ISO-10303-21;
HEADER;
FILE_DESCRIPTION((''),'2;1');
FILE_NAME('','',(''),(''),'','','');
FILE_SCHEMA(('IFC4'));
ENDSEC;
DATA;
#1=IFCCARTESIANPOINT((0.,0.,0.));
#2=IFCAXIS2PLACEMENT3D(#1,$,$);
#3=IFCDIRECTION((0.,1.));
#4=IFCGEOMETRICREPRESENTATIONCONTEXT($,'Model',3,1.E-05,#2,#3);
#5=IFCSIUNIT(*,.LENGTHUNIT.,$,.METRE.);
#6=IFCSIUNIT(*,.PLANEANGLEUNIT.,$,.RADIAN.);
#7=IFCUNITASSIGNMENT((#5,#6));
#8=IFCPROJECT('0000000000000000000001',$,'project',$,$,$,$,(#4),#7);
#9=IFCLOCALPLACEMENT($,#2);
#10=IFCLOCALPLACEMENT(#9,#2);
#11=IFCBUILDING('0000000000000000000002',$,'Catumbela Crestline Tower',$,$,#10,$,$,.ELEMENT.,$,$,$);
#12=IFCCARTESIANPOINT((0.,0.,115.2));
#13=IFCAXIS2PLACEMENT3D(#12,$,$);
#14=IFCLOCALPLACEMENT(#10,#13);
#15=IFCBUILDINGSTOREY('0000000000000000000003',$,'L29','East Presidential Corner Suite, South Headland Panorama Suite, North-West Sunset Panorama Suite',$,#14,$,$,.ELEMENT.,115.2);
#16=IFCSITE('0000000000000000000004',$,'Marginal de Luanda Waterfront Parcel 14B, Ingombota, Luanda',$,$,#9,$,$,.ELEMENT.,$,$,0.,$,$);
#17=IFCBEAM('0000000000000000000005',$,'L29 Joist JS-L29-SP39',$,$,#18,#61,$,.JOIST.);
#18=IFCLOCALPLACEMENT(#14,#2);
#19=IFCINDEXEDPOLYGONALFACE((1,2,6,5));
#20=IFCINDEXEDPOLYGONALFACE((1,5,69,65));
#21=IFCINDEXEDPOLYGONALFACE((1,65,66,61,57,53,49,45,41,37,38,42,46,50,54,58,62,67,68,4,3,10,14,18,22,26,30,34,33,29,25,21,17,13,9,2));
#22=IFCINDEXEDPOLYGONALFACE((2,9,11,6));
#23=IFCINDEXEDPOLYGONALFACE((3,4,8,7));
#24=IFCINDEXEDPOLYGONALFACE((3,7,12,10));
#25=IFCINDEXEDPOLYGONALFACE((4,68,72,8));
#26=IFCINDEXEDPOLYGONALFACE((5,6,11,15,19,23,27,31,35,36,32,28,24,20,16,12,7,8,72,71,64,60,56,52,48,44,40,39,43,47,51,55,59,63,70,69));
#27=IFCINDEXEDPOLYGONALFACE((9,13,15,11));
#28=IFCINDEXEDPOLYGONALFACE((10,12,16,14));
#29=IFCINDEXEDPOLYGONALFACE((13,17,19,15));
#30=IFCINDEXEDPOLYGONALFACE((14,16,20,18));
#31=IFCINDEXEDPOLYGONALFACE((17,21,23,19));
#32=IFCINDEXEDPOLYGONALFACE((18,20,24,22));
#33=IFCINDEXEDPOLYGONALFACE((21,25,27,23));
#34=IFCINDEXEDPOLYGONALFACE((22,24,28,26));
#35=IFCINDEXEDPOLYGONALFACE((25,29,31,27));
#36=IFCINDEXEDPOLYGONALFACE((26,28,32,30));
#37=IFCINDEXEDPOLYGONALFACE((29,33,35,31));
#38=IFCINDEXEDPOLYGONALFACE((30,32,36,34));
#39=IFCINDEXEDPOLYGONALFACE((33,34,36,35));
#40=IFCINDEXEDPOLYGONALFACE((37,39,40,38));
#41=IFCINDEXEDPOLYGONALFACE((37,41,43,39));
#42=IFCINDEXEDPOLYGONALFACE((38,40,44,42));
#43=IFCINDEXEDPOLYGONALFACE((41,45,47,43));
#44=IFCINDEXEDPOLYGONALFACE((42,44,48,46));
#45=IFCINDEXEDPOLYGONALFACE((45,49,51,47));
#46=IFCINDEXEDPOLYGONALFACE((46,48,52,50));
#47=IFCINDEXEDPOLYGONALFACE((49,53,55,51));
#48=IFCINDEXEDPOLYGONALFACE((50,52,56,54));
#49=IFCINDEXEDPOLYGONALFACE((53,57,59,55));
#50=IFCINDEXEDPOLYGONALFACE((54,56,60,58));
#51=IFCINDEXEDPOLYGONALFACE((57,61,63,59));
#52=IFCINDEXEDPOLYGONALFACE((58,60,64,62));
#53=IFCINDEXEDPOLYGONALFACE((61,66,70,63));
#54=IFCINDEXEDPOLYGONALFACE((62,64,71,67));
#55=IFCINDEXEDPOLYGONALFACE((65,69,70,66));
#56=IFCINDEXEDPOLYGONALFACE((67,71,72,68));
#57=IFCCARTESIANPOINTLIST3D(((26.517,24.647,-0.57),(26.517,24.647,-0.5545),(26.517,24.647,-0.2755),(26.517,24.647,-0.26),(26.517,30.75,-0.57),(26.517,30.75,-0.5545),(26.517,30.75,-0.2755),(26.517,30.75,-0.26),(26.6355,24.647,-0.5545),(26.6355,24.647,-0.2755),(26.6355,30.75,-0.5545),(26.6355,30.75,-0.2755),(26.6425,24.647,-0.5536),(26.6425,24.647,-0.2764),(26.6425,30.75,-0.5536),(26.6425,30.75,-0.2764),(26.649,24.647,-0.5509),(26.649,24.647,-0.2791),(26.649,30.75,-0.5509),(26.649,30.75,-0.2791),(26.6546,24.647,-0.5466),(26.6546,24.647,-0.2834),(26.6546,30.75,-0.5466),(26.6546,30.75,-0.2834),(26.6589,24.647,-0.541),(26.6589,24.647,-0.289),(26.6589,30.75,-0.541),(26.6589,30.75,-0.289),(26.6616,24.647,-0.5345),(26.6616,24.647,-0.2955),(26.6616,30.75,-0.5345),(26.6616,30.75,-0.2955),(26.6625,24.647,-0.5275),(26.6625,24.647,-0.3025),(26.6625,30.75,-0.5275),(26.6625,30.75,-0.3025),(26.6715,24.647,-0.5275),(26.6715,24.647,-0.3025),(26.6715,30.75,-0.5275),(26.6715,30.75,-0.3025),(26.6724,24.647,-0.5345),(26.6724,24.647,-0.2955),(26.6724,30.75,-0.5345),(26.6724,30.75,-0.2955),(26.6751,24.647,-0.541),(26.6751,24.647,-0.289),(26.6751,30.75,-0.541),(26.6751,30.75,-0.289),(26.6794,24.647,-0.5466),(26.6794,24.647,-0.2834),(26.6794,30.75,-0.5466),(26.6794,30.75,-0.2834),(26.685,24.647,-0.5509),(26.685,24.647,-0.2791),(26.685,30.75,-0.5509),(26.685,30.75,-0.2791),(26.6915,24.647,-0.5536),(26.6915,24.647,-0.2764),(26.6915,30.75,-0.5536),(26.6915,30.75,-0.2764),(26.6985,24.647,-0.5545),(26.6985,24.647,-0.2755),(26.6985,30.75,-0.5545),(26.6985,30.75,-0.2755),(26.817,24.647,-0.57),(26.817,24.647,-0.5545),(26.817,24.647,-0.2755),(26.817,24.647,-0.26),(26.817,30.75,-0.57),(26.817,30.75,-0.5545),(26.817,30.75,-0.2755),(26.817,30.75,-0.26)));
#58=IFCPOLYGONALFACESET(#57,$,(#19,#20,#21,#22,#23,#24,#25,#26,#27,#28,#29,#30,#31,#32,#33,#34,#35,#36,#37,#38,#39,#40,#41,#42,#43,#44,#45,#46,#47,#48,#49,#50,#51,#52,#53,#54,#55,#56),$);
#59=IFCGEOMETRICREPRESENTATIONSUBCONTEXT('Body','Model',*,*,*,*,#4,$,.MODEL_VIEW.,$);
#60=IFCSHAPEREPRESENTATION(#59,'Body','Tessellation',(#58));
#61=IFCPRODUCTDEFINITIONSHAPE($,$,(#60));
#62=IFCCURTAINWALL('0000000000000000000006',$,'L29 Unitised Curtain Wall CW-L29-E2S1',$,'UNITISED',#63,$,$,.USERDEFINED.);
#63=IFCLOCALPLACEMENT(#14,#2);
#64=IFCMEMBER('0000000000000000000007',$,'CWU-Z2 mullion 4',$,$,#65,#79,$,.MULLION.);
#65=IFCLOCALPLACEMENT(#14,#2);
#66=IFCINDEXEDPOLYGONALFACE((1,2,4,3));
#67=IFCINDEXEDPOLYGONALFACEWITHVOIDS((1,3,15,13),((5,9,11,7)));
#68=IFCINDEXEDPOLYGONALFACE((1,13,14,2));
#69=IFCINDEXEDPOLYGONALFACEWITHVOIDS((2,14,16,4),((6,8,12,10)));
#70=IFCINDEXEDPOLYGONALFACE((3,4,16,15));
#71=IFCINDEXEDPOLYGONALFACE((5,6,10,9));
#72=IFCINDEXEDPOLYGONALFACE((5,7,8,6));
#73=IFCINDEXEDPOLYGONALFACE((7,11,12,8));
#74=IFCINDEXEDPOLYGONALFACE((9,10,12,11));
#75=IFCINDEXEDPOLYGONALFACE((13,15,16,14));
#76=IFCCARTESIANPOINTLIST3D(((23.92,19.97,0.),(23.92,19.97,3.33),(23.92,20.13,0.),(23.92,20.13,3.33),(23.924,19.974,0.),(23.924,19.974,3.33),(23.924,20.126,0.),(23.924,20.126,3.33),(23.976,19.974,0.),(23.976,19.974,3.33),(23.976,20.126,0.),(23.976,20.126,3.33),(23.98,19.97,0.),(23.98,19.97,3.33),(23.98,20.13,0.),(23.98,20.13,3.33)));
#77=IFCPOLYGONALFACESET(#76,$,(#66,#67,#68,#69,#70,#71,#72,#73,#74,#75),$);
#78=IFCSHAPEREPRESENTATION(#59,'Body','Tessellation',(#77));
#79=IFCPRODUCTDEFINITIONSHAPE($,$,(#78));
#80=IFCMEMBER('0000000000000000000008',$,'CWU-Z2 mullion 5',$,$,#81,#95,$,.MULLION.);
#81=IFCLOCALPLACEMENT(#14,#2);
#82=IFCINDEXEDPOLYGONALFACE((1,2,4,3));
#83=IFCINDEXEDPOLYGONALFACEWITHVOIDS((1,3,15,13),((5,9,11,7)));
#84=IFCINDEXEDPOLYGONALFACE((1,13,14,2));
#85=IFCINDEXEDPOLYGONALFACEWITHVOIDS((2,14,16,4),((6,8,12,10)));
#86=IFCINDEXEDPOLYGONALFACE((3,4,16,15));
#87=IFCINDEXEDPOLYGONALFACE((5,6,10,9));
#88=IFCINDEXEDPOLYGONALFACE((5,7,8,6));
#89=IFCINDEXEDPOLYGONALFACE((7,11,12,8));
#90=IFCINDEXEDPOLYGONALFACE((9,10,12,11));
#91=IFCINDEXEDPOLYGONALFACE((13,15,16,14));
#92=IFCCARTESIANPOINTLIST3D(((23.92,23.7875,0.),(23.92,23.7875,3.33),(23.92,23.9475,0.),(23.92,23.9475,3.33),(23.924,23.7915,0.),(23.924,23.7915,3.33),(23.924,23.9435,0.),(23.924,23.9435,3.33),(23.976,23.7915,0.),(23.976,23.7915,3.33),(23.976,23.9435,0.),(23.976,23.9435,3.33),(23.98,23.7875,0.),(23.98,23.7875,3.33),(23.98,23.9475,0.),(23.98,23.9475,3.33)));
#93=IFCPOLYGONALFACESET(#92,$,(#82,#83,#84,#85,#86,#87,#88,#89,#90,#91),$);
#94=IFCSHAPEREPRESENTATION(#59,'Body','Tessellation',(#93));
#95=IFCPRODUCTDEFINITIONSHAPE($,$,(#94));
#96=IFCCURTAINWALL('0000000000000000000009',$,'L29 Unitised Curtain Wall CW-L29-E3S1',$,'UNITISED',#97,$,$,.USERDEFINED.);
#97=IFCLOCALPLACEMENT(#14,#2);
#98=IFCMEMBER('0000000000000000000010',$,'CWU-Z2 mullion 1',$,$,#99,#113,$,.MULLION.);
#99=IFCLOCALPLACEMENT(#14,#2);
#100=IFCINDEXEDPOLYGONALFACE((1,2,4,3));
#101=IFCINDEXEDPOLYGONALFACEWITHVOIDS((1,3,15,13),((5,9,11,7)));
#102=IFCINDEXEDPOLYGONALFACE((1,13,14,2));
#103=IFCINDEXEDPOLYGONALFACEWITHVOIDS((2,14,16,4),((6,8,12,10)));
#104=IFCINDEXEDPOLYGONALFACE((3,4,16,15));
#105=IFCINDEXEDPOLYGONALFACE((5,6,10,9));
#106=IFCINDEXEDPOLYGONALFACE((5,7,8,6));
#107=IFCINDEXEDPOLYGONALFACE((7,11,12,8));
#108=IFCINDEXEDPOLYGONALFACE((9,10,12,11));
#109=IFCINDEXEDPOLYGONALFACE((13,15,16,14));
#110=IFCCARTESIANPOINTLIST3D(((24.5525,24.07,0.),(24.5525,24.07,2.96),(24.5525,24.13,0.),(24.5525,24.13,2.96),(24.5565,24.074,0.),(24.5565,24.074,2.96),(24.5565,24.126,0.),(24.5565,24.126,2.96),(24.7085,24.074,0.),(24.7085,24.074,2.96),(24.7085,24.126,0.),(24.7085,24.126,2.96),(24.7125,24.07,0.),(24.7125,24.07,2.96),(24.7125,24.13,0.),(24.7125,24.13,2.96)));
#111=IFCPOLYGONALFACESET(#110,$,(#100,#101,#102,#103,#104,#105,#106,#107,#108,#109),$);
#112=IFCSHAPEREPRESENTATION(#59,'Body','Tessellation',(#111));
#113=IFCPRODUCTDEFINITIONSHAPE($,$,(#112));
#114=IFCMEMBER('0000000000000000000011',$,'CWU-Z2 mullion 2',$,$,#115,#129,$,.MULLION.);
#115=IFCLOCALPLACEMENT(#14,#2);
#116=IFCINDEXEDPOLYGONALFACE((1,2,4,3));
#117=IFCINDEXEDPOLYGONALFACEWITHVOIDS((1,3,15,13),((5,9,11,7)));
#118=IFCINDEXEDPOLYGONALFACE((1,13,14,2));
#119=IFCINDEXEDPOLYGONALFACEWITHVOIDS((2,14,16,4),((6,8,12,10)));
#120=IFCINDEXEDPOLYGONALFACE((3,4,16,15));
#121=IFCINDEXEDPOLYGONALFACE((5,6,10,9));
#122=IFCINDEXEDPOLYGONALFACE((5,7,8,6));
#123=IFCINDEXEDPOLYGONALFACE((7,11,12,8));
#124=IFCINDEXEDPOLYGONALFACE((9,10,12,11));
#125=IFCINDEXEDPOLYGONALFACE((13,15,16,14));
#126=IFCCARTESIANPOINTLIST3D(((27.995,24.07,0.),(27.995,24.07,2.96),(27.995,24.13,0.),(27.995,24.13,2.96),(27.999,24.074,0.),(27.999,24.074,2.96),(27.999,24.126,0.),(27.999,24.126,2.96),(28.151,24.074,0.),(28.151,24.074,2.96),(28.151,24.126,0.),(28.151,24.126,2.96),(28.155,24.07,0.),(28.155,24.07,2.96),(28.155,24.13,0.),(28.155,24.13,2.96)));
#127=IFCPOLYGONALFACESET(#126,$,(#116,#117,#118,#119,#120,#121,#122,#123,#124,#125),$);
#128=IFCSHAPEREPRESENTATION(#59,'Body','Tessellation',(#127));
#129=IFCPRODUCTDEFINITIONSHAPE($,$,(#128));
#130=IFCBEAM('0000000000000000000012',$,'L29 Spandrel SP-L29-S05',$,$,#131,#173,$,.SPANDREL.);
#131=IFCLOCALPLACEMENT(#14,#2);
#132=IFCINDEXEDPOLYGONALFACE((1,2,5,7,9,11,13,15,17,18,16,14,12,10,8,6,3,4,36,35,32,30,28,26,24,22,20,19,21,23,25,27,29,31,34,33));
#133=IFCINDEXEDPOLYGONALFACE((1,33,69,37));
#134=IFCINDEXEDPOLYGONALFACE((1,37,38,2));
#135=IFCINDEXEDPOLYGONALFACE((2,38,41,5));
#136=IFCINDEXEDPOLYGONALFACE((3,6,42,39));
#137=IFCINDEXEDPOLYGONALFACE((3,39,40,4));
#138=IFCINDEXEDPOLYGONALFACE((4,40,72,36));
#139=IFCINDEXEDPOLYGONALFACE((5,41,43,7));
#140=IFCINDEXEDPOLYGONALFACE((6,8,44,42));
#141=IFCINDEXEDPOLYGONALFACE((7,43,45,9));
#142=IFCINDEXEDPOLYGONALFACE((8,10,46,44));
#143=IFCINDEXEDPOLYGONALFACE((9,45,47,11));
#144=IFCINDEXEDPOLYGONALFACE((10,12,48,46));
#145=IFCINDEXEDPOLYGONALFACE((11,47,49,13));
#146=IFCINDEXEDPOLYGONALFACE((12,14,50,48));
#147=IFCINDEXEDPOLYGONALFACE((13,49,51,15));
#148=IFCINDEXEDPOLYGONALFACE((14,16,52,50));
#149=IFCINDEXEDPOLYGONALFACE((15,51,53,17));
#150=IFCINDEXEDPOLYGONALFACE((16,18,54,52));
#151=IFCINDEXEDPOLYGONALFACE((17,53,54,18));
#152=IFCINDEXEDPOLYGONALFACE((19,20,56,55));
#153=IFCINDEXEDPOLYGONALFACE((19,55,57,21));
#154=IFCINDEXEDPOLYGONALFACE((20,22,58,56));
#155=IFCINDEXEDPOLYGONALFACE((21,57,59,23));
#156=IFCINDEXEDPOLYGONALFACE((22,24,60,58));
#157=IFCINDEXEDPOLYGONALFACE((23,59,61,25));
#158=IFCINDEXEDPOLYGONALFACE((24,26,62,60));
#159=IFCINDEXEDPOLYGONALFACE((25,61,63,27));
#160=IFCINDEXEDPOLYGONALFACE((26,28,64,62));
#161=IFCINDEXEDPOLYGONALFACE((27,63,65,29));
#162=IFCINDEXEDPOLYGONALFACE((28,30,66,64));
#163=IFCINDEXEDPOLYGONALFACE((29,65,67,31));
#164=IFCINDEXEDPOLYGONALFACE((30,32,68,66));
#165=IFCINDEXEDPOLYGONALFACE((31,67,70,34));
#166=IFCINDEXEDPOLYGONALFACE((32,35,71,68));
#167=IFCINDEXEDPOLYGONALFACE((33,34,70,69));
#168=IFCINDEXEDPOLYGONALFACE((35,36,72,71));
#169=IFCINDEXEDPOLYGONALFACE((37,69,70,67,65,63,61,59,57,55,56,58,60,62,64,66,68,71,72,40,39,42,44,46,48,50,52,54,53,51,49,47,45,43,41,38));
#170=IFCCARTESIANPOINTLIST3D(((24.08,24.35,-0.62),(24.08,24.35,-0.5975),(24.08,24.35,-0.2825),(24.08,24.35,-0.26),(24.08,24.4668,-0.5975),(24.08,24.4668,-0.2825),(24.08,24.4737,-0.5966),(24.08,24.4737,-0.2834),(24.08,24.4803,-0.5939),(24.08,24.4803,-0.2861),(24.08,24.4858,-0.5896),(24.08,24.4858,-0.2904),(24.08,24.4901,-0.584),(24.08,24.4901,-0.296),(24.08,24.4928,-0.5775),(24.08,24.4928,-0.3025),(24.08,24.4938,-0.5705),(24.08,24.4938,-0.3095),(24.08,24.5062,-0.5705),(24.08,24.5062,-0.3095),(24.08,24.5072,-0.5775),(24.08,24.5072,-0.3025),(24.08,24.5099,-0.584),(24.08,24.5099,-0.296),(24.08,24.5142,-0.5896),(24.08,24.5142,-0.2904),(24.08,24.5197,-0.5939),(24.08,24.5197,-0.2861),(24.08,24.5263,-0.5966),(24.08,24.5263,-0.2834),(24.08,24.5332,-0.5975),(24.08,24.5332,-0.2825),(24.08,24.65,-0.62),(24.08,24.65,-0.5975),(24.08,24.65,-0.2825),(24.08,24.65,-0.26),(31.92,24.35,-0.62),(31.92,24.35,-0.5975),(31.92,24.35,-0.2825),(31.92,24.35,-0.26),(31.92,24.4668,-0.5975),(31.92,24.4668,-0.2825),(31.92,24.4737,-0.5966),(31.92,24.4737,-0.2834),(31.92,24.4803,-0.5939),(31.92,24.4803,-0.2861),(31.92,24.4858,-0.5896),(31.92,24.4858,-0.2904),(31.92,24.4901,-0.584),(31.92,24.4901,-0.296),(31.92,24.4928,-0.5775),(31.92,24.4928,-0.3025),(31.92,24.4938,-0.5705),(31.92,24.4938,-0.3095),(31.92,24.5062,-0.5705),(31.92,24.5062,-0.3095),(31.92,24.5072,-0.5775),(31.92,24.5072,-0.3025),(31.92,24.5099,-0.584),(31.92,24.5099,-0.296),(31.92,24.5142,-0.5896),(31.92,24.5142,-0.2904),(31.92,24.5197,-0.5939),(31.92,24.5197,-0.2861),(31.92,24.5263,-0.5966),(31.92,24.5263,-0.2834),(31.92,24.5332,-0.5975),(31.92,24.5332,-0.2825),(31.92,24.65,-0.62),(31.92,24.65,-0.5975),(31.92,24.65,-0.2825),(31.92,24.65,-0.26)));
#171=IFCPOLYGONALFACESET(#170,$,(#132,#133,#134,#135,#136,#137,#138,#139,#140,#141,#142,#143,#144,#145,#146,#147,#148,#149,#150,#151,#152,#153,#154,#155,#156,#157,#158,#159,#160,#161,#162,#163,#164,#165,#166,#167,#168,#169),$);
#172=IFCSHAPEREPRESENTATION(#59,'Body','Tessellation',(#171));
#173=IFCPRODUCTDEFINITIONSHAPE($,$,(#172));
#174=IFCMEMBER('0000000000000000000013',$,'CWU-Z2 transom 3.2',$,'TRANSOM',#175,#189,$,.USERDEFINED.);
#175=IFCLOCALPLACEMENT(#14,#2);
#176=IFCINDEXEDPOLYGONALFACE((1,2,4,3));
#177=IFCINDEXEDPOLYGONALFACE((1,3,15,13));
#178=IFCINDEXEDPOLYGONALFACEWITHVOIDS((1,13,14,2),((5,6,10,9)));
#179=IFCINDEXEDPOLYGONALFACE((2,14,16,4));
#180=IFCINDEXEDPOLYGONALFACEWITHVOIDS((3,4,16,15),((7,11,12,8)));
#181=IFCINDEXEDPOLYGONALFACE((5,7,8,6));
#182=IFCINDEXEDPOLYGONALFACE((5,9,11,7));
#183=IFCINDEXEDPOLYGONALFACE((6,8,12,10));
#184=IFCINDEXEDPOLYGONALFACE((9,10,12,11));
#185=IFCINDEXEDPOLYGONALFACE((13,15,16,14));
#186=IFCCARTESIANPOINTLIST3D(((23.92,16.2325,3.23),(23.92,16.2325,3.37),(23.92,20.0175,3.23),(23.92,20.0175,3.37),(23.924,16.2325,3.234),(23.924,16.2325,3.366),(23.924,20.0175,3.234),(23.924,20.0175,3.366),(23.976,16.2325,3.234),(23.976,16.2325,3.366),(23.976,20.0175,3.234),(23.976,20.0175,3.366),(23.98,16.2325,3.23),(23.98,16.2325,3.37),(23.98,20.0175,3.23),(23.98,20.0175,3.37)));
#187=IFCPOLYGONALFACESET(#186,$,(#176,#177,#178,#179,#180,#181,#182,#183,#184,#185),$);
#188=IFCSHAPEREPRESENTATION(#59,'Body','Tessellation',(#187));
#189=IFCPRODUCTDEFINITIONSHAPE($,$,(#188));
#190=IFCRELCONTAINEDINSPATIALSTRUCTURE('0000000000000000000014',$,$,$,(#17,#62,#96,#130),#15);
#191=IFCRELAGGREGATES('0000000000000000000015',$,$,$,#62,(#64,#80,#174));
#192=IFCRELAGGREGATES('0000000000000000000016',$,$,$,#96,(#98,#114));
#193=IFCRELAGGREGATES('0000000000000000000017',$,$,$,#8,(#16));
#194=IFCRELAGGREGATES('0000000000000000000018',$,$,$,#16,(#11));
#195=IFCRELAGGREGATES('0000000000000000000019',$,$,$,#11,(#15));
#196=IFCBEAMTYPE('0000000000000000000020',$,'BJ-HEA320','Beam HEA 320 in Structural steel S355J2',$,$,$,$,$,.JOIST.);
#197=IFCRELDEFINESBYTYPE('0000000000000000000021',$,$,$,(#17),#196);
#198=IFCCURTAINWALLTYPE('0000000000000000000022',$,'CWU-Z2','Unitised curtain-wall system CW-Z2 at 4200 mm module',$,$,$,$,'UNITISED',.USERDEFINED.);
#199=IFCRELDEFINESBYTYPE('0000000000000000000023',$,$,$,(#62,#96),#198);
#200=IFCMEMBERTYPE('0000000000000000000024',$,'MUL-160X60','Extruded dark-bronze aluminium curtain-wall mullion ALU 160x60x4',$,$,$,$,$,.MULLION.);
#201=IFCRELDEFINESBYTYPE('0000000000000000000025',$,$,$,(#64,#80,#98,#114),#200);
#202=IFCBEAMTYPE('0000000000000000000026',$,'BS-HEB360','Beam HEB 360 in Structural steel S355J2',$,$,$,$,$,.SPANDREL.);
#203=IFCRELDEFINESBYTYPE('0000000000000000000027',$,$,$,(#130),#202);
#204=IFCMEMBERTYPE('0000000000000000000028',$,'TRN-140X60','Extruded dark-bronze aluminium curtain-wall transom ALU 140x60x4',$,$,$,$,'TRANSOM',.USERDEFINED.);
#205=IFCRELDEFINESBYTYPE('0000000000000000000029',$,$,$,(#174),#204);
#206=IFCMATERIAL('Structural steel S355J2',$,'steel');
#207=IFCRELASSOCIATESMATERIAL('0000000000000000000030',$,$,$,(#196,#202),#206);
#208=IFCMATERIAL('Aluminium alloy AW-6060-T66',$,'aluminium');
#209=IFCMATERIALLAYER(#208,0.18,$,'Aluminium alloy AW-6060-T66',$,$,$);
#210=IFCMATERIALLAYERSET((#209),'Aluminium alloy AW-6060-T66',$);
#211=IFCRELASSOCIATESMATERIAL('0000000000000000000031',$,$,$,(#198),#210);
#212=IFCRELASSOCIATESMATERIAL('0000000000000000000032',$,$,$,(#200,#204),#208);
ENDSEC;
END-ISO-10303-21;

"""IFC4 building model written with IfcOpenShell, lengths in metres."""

from ifc_helpers import new_model, si_unit, direction, frame, origin, origin_2d, place, context, subcontext, project, spatial, hollow_rectangle, i_section, extrude, material, layer, layer_set, material_profile, profile_set, type_object, element, aggregate, save


model = new_model("IFC4")

# Units and contexts
model_context = context("Model", 3, precision=1e-05, world=origin(), true_north=direction((0.0, 1.0)))
body_context = subcontext(model_context, "Body", "Model", "MODEL_VIEW")
ifc_project = project(units=[si_unit("LENGTHUNIT", "METRE"), si_unit("PLANEANGLEUNIT", "RADIAN")], contexts=[model_context])

# Site, building, storey
site_placement = place(None, origin())
site = spatial("IfcSite", under=ifc_project, at=site_placement, Name="Marginal de Luanda Waterfront Parcel 14B, Ingombota, Luanda", CompositionType="ELEMENT", RefElevation=0.0)
building_placement = place(site_placement, origin())
building = spatial("IfcBuilding", under=site, at=building_placement, Name="Catumbela Crestline Tower", CompositionType="ELEMENT")
storey_placement = place(building_placement, frame((0.0, 0.0, 115.2)))
storey = spatial("IfcBuildingStorey", under=building, at=storey_placement, Name="L29", Description="East Presidential Corner Suite, South Headland Panorama Suite, North-West Sunset Panorama Suite", CompositionType="ELEMENT", Elevation=115.2)

# Beam
ifc_material_1 = material(Name="Structural steel S355J2", Category="steel")
ifc_material_profile_1 = material_profile(ifc_material_1, i_section(OverallWidth=0.3, OverallDepth=0.31, WebThickness=0.009, FlangeThickness=0.0155, FilletRadius=0.027, at=origin_2d()), Name="HEA 320")
ifc_profile_set_1 = profile_set([ifc_material_profile_1], Name="Structural steel S355J2")
beam_type_1 = type_object("IfcBeamType", Name="BJ-HEA320", Description="Beam HEA 320 in Structural steel S355J2", PredefinedType="JOIST", material=ifc_profile_set_1)
for number, where, z_axis, x_axis, name in (
    (1, (26.667, 24.647, -0.415), (0.0, 1.0, 0.0), (-1.0, 0.0, 0.0), "L29 Joist JS-L29-SP39"),
):
    element("IfcBeam", number, at=place(storey_placement, frame(where, z_axis=z_axis, x_axis=x_axis)), inside=storey, type_object=beam_type_1, Name=name, PredefinedType="JOIST", context=body_context, shape_type="SweptSolid", body=[
        extrude(i_section(OverallWidth=0.3, OverallDepth=0.31, WebThickness=0.009, FlangeThickness=0.0155, FilletRadius=0.027, at=origin_2d()), origin(), (0.0, 0.0, 1.0), 6.103),
    ])

# Curtain walls, members
ifc_material_2 = material(Name="Aluminium alloy AW-6060-T66", Category="aluminium")
ifc_layer_1 = layer(ifc_material_2, 0.18, Name="Aluminium alloy AW-6060-T66")
ifc_layer_set_1 = layer_set([ifc_layer_1], Name="Aluminium alloy AW-6060-T66")
curtain_wall_type = type_object("IfcCurtainWallType", Name="CWU-Z2", Description="Unitised curtain-wall system CW-Z2 at 4200 mm module", ElementType="UNITISED", PredefinedType="USERDEFINED", material=ifc_layer_set_1)
curtain_wall_1_placement = place(storey_placement, origin())
curtain_wall_1 = element("IfcCurtainWall", 2, at=curtain_wall_1_placement, inside=storey, type_object=curtain_wall_type, Name="L29 Unitised Curtain Wall CW-L29-E2S1", ObjectType="UNITISED", PredefinedType="USERDEFINED")
ifc_material_profile_2 = material_profile(ifc_material_2, hollow_rectangle(XDim=0.06, YDim=0.16, WallThickness=0.004, at=origin_2d()), Name="ALU 160x60x4")
ifc_profile_set_2 = profile_set([ifc_material_profile_2], Name="Aluminium alloy AW-6060-T66")
member_type_1 = type_object("IfcMemberType", Name="MUL-160X60", Description="Extruded dark-bronze aluminium curtain-wall mullion ALU 160x60x4", PredefinedType="MULLION", material=ifc_profile_set_2)
member_1_placement = place(storey_placement, frame((23.95, 20.05, 0.0), z_axis=(0.0, 0.0, 1.0), x_axis=(-1.0, 0.0, 0.0)))
member_1 = element("IfcMember", 3, at=member_1_placement, type_object=member_type_1, Name="CWU-Z2 mullion 4", PredefinedType="MULLION", context=body_context, shape_type="SweptSolid", body=[
    extrude(hollow_rectangle(XDim=0.06, YDim=0.16, WallThickness=0.004, at=origin_2d()), origin(), (0.0, 0.0, 1.0), 3.33),
])
member_2_placement = place(storey_placement, frame((23.95, 23.8675, 0.0), z_axis=(0.0, 0.0, 1.0), x_axis=(-1.0, 0.0, 0.0)))
member_2 = element("IfcMember", 4, at=member_2_placement, type_object=member_type_1, Name="CWU-Z2 mullion 5", PredefinedType="MULLION", context=body_context, shape_type="SweptSolid", body=[
    extrude(hollow_rectangle(XDim=0.06, YDim=0.16, WallThickness=0.004, at=origin_2d()), origin(), (0.0, 0.0, 1.0), 3.33),
])
curtain_wall_2_placement = place(storey_placement, origin())
curtain_wall_2 = element("IfcCurtainWall", 5, at=curtain_wall_2_placement, inside=storey, type_object=curtain_wall_type, Name="L29 Unitised Curtain Wall CW-L29-E3S1", ObjectType="UNITISED", PredefinedType="USERDEFINED")
member_3_placement = place(storey_placement, frame((24.6325, 24.1, 0.0), z_axis=(0.0, 0.0, 1.0), x_axis=(0.0, 1.0, 0.0)))
member_3 = element("IfcMember", 6, at=member_3_placement, type_object=member_type_1, Name="CWU-Z2 mullion 1", PredefinedType="MULLION", context=body_context, shape_type="SweptSolid", body=[
    extrude(hollow_rectangle(XDim=0.06, YDim=0.16, WallThickness=0.004, at=origin_2d()), origin(), (0.0, 0.0, 1.0), 2.96),
])
member_4_placement = place(storey_placement, frame((28.075, 24.1, 0.0), z_axis=(0.0, 0.0, 1.0), x_axis=(0.0, 1.0, 0.0)))
member_4 = element("IfcMember", 7, at=member_4_placement, type_object=member_type_1, Name="CWU-Z2 mullion 2", PredefinedType="MULLION", context=body_context, shape_type="SweptSolid", body=[
    extrude(hollow_rectangle(XDim=0.06, YDim=0.16, WallThickness=0.004, at=origin_2d()), origin(), (0.0, 0.0, 1.0), 2.96),
])

# Beam
ifc_material_profile_3 = material_profile(ifc_material_1, i_section(OverallWidth=0.3, OverallDepth=0.36, WebThickness=0.0125, FlangeThickness=0.0225, FilletRadius=0.027, at=origin_2d()), Name="HEB 360")
ifc_profile_set_3 = profile_set([ifc_material_profile_3], Name="Structural steel S355J2")
beam_type_2 = type_object("IfcBeamType", Name="BS-HEB360", Description="Beam HEB 360 in Structural steel S355J2", PredefinedType="SPANDREL", material=ifc_profile_set_3)
beam_1_placement = place(storey_placement, frame((24.08, 24.5, -0.44), z_axis=(1.0, 0.0, 0.0), x_axis=(0.0, 1.0, 0.0)))
element("IfcBeam", 8, at=beam_1_placement, inside=storey, type_object=beam_type_2, Name="L29 Spandrel SP-L29-S05", PredefinedType="SPANDREL", context=body_context, shape_type="SweptSolid", body=[
    extrude(i_section(OverallWidth=0.3, OverallDepth=0.36, WebThickness=0.0125, FlangeThickness=0.0225, FilletRadius=0.027, at=origin_2d()), origin(), (0.0, 0.0, 1.0), 7.84),
])

# Member
ifc_material_profile_4 = material_profile(ifc_material_2, hollow_rectangle(XDim=0.06, YDim=0.14, WallThickness=0.004, at=origin_2d()), Name="ALU 140x60x4")
ifc_profile_set_4 = profile_set([ifc_material_profile_4], Name="Aluminium alloy AW-6060-T66")
member_type_2 = type_object("IfcMemberType", Name="TRN-140X60", Description="Extruded dark-bronze aluminium curtain-wall transom ALU 140x60x4", ElementType="TRANSOM", PredefinedType="USERDEFINED", material=ifc_profile_set_4)
member_5_placement = place(storey_placement, frame((23.95, 16.2325, 3.3), z_axis=(0.0, 1.0, 0.0), x_axis=(-1.0, 0.0, 0.0)))
member_5 = element("IfcMember", 9, at=member_5_placement, type_object=member_type_2, Name="CWU-Z2 transom 3.2", ObjectType="TRANSOM", PredefinedType="USERDEFINED", context=body_context, shape_type="SweptSolid", body=[
    extrude(hollow_rectangle(XDim=0.06, YDim=0.14, WallThickness=0.004, at=origin_2d()), origin(), (0.0, 0.0, 1.0), 3.785),
])

aggregate(curtain_wall_1, [member_1, member_2, member_5])
aggregate(curtain_wall_2, [member_3, member_4])

save(model, "model.ifc")
